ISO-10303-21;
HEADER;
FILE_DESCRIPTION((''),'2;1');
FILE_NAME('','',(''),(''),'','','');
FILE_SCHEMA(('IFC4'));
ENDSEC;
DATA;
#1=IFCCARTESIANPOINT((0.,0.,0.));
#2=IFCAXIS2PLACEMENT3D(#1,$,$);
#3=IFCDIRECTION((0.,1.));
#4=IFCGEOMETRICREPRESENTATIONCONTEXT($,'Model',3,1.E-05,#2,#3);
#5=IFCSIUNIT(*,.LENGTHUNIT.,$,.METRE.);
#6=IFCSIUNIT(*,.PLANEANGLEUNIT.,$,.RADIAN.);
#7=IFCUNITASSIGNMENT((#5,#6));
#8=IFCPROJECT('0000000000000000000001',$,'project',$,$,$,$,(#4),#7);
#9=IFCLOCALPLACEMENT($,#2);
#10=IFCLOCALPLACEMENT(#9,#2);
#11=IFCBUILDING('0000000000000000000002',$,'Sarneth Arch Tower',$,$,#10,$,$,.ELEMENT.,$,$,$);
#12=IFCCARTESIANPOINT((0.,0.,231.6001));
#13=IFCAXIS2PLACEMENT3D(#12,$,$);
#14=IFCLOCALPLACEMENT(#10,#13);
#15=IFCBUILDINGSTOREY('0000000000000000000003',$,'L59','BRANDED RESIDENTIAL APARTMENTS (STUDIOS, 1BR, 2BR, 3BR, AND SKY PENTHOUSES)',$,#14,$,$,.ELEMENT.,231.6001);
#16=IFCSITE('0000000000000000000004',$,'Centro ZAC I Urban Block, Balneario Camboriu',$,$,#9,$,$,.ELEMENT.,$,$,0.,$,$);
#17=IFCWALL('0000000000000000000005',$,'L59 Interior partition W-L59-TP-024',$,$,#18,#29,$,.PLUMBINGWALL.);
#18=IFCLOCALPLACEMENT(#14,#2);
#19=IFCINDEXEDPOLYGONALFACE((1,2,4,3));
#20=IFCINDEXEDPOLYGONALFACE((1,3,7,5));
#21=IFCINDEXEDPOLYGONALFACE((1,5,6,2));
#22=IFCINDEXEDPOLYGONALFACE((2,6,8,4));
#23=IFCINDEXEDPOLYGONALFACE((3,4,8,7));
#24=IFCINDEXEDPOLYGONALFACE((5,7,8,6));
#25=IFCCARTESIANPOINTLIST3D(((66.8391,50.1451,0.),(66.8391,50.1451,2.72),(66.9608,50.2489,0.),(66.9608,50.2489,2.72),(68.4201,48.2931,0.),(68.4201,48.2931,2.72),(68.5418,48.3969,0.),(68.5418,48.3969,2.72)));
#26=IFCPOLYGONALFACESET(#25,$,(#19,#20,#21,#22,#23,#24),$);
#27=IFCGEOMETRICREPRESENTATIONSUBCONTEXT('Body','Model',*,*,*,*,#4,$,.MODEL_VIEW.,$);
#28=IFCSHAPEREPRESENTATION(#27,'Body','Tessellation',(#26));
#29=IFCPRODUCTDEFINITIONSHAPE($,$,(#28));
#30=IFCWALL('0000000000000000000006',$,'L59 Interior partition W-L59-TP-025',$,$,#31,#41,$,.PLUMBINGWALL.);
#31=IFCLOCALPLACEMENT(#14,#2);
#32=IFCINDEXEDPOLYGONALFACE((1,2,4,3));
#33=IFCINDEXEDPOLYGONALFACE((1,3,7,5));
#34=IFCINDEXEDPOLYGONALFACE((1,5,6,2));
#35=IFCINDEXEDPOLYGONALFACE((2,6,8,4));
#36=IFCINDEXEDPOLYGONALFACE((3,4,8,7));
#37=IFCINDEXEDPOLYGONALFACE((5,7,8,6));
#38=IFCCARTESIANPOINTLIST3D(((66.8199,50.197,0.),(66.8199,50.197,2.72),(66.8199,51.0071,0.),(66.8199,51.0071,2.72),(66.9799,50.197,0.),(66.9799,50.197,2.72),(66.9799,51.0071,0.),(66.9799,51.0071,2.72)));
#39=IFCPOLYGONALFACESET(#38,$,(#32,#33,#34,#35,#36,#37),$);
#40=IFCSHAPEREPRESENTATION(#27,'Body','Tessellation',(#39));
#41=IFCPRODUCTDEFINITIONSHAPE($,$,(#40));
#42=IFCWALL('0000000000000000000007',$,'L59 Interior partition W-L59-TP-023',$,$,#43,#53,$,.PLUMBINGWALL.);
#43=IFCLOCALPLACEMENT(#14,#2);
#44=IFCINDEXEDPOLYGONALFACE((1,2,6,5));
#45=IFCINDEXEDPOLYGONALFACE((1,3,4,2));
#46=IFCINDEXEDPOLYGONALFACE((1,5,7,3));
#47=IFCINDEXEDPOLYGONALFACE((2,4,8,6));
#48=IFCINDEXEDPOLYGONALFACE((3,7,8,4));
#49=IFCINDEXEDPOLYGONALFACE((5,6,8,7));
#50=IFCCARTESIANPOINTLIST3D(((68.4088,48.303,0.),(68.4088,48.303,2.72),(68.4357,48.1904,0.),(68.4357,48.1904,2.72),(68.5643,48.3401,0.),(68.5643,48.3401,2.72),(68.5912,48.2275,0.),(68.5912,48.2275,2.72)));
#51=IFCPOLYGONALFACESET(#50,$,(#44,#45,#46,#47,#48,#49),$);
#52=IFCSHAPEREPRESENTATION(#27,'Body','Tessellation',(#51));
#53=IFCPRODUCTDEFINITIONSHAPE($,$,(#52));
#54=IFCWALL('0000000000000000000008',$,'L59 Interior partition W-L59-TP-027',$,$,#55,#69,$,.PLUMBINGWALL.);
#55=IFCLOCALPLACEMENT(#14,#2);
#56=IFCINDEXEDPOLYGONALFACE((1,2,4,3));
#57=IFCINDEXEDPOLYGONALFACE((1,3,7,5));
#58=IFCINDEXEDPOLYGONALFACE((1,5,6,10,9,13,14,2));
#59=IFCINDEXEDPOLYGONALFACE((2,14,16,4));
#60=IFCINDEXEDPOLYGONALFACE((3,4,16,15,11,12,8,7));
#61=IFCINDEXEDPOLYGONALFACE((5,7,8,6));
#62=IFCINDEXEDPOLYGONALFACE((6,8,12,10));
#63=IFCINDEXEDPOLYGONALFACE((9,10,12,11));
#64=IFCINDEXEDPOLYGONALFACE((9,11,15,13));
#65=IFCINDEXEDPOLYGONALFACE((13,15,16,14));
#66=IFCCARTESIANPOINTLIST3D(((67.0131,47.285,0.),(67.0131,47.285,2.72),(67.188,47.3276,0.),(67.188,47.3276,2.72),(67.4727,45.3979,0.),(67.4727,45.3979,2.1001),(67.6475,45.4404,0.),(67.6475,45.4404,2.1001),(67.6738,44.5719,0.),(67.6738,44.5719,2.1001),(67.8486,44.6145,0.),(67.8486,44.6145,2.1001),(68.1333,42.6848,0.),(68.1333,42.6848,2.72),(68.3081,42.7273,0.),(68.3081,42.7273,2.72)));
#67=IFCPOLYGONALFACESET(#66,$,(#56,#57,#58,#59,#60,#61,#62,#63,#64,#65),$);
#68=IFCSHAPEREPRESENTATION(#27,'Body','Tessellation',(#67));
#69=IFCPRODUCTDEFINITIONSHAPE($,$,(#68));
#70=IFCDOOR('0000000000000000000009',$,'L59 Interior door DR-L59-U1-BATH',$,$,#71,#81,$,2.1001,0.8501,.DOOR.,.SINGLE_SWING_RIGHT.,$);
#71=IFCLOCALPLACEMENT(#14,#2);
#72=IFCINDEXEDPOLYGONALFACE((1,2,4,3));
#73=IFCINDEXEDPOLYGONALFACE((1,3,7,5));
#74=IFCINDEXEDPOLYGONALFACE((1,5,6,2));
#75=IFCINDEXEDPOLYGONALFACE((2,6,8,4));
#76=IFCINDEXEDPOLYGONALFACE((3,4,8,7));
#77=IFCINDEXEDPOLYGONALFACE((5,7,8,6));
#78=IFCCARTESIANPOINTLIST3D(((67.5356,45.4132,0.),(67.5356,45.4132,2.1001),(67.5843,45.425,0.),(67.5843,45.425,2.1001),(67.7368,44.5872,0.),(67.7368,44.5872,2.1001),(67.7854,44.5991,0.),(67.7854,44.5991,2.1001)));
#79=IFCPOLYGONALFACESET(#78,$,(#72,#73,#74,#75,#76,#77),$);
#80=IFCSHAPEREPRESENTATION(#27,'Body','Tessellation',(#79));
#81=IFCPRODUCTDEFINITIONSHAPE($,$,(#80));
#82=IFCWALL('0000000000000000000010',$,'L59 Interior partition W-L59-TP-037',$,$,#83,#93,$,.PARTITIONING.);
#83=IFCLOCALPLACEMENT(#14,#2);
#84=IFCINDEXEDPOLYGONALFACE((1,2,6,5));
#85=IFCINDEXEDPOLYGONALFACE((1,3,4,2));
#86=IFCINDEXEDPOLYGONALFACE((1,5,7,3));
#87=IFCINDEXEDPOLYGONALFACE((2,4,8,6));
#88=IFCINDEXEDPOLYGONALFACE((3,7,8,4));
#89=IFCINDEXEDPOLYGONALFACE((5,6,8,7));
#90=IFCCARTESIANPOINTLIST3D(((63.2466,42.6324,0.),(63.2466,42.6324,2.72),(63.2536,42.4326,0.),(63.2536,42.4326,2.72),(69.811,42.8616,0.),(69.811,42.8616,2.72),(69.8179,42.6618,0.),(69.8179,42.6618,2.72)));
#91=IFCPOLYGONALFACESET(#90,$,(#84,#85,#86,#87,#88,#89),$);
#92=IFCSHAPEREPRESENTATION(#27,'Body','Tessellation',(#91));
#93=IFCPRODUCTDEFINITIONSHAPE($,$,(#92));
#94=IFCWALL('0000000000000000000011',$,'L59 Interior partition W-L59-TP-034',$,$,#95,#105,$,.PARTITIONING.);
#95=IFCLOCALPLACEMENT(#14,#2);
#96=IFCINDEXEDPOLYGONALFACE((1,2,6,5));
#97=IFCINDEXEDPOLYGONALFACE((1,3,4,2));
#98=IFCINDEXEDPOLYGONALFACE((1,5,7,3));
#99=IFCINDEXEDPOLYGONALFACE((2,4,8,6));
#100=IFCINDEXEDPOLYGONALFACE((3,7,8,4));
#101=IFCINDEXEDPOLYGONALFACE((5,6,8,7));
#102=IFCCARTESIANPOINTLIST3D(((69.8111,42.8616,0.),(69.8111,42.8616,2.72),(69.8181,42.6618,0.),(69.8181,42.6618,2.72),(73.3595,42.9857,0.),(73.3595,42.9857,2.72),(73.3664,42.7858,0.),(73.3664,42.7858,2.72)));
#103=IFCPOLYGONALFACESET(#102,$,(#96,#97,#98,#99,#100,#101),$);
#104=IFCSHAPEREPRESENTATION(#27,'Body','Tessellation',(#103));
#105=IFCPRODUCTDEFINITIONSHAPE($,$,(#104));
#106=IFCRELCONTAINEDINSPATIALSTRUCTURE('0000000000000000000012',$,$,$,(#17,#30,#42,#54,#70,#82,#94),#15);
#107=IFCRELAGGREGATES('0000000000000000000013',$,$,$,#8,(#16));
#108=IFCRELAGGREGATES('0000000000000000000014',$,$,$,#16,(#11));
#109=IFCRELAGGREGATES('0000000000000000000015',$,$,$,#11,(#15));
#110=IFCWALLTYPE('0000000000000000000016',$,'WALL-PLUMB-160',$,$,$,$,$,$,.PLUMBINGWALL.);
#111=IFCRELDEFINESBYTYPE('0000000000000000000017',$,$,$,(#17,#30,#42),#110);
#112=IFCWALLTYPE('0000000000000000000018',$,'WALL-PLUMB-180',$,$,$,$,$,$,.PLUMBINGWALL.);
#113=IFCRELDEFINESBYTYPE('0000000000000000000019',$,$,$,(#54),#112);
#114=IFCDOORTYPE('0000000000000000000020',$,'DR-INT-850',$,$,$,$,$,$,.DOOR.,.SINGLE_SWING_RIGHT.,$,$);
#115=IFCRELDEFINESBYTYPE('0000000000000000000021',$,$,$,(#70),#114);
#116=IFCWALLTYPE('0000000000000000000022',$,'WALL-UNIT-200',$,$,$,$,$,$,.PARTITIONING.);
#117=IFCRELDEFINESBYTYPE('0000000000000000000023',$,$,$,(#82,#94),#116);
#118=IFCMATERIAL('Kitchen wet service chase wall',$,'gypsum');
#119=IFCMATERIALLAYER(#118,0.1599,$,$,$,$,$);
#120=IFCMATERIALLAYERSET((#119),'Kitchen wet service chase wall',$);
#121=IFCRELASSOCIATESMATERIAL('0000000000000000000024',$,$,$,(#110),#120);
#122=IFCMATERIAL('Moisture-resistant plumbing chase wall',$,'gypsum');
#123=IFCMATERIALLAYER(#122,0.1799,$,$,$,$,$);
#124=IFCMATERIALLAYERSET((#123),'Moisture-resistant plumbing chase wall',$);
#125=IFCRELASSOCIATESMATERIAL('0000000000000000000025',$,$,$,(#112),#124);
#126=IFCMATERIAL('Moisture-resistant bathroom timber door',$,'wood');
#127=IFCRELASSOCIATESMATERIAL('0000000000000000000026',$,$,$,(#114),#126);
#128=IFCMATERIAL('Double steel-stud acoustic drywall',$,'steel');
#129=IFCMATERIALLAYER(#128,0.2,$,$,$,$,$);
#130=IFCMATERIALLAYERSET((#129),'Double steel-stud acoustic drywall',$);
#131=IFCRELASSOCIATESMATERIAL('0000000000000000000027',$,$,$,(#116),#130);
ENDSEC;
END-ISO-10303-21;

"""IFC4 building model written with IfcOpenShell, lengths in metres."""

from ifc_helpers import new_model, si_unit, direction, frame, frame_2d, origin, place, context, subcontext, project, spatial, rectangle, extrude, material, layer, layer_set, type_object, element, fill, save


model = new_model("IFC4")

# Units and contexts
model_context = context("Model", 3, precision=1e-05, world=origin(), true_north=direction((0.0, 1.0)))
body_context = subcontext(model_context, "Body", "Model", "MODEL_VIEW")
ifc_project = project(units=[si_unit("LENGTHUNIT", "METRE"), si_unit("PLANEANGLEUNIT", "RADIAN")], contexts=[model_context])

# Site, building, storey
site_placement = place(None, origin())
site = spatial("IfcSite", under=ifc_project, at=site_placement, Name="Centro ZAC I Urban Block, Balneario Camboriu", CompositionType="ELEMENT", RefElevation=0.0)
building_placement = place(site_placement, origin())
building = spatial("IfcBuilding", under=site, at=building_placement, Name="Sarneth Arch Tower", CompositionType="ELEMENT")
storey_placement = place(building_placement, frame((0.0, 0.0, 231.6001)))
storey = spatial("IfcBuildingStorey", under=building, at=storey_placement, Name="L59", Description="BRANDED RESIDENTIAL APARTMENTS (STUDIOS, 1BR, 2BR, 3BR, AND SKY PENTHOUSES)", CompositionType="ELEMENT", Elevation=231.6001)

# Shared definitions
ifc_material_1 = material(Name="Kitchen wet service chase wall", Category="gypsum")
ifc_layer_1 = layer(ifc_material_1, 0.1599)
ifc_layer_set_1 = layer_set([ifc_layer_1], Name="Kitchen wet service chase wall")
wall_type_1 = type_object("IfcWallType", Name="WALL-PLUMB-160", PredefinedType="PLUMBINGWALL", material=ifc_layer_set_1)

# Walls
wall_1_placement = place(storey_placement, frame((68.481, 48.345, 0.0), z_axis=(0.0, 0.0, 1.0), x_axis=(-0.649271, 0.760557, 0.0)))
element("IfcWall", 1, at=wall_1_placement, inside=storey, type_object=wall_type_1, Name="L59 Interior partition W-L59-TP-024", PredefinedType="PLUMBINGWALL", context=body_context, shape_type="SweptSolid", body=[
    extrude(rectangle(XDim=2.4351, YDim=0.1599, at=frame_2d((1.2175, 0.0))), origin(), (0.0, 0.0, 1.0), 2.72),
])
wall_2_placement = place(storey_placement, frame((66.8999, 50.197, 0.0), z_axis=(0.0, 0.0, 1.0), x_axis=(0.0, 1.0, 0.0)))
element("IfcWall", 2, at=wall_2_placement, inside=storey, type_object=wall_type_1, Name="L59 Interior partition W-L59-TP-025", PredefinedType="PLUMBINGWALL", context=body_context, shape_type="SweptSolid", body=[
    extrude(rectangle(XDim=0.8101, YDim=0.1599, at=frame_2d((0.405, 0.0))), origin(), (0.0, 0.0, 1.0), 2.72),
])
wall_3_placement = place(storey_placement, frame((68.5134, 48.209, 0.0), z_axis=(0.0, 0.0, 1.0), x_axis=(-0.232096, 0.972693, 0.0)))
element("IfcWall", 3, at=wall_3_placement, inside=storey, type_object=wall_type_1, Name="L59 Interior partition W-L59-TP-023", PredefinedType="PLUMBINGWALL", context=body_context, shape_type="SweptSolid", body=[
    extrude(rectangle(XDim=0.1157, YDim=0.1599, at=frame_2d((0.0579, 0.0))), origin(), (0.0, 0.0, 1.0), 2.72),
])

# Wall, opening, door
ifc_material_2 = material(Name="Moisture-resistant plumbing chase wall", Category="gypsum")
ifc_layer_2 = layer(ifc_material_2, 0.1799)
ifc_layer_set_2 = layer_set([ifc_layer_2], Name="Moisture-resistant plumbing chase wall")
wall_type_2 = type_object("IfcWallType", Name="WALL-PLUMB-180", PredefinedType="PLUMBINGWALL", material=ifc_layer_set_2)
wall_4_placement = place(storey_placement, frame((67.1006, 47.3062, 0.0), z_axis=(0.0, 0.0, 1.0), x_axis=(0.236586, -0.971611, 0.0)))
wall_4 = element("IfcWall", 4, at=wall_4_placement, inside=storey, type_object=wall_type_2, Name="L59 Interior partition W-L59-TP-027", PredefinedType="PLUMBINGWALL", context=body_context, shape_type="SweptSolid", body=[
    extrude(rectangle(XDim=4.7346, YDim=0.1799, at=frame_2d((2.3672, 0.0))), origin(), (0.0, 0.0, 1.0), 2.72),
])
opening_1_placement = place(wall_4_placement, frame((1.9421, 0.0, 0.0)))
opening_1 = element("IfcOpeningElement", 5, at=opening_1_placement, cuts=wall_4, PredefinedType="OPENING", context=body_context, shape_type="SweptSolid", body=[
    extrude(rectangle(XDim=0.8501, YDim=2.1001, at=frame_2d((0.425, 1.05))), frame((0.0, 0.0999, 0.0), z_axis=(0.0, -1.0, 0.0), x_axis=(1.0, 0.0, 0.0)), (0.0, 0.0, 1.0), 0.2),
])
ifc_material_3 = material(Name="Moisture-resistant bathroom timber door", Category="wood")
door_type_1 = type_object("IfcDoorType", Name="DR-INT-850", OperationType="SINGLE_SWING_RIGHT", PredefinedType="DOOR", material=ifc_material_3)
door_1_placement = place(opening_1_placement, origin())
door_1 = element("IfcDoor", 6, at=door_1_placement, inside=storey, type_object=door_type_1, Name="L59 Interior door DR-L59-U1-BATH", OperationType="SINGLE_SWING_RIGHT", OverallHeight=2.1001, OverallWidth=0.8501, PredefinedType="DOOR", context=body_context, shape_type="SweptSolid", body=[
    extrude(rectangle(XDim=0.8501, YDim=2.1001, at=frame_2d((0.425, 1.05))), frame((0.0, 0.0249, 0.0), z_axis=(0.0, -1.0, 0.0), x_axis=(1.0, 0.0, 0.0)), (0.0, 0.0, 1.0), 0.05),
])
fill(opening_1, door_1)

# Walls
ifc_material_4 = material(Name="Double steel-stud acoustic drywall", Category="steel")
ifc_layer_3 = layer(ifc_material_4, 0.2)
ifc_layer_set_3 = layer_set([ifc_layer_3], Name="Double steel-stud acoustic drywall")
wall_type_3 = type_object("IfcWallType", Name="WALL-UNIT-200", PredefinedType="PARTITIONING", material=ifc_layer_set_3)
wall_5_placement = place(storey_placement, frame((69.8145, 42.7617, 0.0), z_axis=(0.0, 0.0, 1.0), x_axis=(-0.999391, -0.034901, 0.0)))
element("IfcWall", 7, at=wall_5_placement, inside=storey, type_object=wall_type_3, Name="L59 Interior partition W-L59-TP-037", PredefinedType="PARTITIONING", context=body_context, shape_type="SweptSolid", body=[
    extrude(rectangle(XDim=6.5684, YDim=0.2, at=frame_2d((3.2842, 0.0))), origin(), (0.0, 0.0, 1.0), 2.72),
])
wall_6_placement = place(storey_placement, frame((69.8145, 42.7617, 0.0), z_axis=(0.0, 0.0, 1.0), x_axis=(0.99939, 0.034931, 0.0)))
element("IfcWall", 8, at=wall_6_placement, inside=storey, type_object=wall_type_3, Name="L59 Interior partition W-L59-TP-034", PredefinedType="PARTITIONING", context=body_context, shape_type="SweptSolid", body=[
    extrude(rectangle(XDim=3.5505, YDim=0.2, at=frame_2d((1.7754, 0.0))), origin(), (0.0, 0.0, 1.0), 2.72),
])

save(model, "model.ifc")
